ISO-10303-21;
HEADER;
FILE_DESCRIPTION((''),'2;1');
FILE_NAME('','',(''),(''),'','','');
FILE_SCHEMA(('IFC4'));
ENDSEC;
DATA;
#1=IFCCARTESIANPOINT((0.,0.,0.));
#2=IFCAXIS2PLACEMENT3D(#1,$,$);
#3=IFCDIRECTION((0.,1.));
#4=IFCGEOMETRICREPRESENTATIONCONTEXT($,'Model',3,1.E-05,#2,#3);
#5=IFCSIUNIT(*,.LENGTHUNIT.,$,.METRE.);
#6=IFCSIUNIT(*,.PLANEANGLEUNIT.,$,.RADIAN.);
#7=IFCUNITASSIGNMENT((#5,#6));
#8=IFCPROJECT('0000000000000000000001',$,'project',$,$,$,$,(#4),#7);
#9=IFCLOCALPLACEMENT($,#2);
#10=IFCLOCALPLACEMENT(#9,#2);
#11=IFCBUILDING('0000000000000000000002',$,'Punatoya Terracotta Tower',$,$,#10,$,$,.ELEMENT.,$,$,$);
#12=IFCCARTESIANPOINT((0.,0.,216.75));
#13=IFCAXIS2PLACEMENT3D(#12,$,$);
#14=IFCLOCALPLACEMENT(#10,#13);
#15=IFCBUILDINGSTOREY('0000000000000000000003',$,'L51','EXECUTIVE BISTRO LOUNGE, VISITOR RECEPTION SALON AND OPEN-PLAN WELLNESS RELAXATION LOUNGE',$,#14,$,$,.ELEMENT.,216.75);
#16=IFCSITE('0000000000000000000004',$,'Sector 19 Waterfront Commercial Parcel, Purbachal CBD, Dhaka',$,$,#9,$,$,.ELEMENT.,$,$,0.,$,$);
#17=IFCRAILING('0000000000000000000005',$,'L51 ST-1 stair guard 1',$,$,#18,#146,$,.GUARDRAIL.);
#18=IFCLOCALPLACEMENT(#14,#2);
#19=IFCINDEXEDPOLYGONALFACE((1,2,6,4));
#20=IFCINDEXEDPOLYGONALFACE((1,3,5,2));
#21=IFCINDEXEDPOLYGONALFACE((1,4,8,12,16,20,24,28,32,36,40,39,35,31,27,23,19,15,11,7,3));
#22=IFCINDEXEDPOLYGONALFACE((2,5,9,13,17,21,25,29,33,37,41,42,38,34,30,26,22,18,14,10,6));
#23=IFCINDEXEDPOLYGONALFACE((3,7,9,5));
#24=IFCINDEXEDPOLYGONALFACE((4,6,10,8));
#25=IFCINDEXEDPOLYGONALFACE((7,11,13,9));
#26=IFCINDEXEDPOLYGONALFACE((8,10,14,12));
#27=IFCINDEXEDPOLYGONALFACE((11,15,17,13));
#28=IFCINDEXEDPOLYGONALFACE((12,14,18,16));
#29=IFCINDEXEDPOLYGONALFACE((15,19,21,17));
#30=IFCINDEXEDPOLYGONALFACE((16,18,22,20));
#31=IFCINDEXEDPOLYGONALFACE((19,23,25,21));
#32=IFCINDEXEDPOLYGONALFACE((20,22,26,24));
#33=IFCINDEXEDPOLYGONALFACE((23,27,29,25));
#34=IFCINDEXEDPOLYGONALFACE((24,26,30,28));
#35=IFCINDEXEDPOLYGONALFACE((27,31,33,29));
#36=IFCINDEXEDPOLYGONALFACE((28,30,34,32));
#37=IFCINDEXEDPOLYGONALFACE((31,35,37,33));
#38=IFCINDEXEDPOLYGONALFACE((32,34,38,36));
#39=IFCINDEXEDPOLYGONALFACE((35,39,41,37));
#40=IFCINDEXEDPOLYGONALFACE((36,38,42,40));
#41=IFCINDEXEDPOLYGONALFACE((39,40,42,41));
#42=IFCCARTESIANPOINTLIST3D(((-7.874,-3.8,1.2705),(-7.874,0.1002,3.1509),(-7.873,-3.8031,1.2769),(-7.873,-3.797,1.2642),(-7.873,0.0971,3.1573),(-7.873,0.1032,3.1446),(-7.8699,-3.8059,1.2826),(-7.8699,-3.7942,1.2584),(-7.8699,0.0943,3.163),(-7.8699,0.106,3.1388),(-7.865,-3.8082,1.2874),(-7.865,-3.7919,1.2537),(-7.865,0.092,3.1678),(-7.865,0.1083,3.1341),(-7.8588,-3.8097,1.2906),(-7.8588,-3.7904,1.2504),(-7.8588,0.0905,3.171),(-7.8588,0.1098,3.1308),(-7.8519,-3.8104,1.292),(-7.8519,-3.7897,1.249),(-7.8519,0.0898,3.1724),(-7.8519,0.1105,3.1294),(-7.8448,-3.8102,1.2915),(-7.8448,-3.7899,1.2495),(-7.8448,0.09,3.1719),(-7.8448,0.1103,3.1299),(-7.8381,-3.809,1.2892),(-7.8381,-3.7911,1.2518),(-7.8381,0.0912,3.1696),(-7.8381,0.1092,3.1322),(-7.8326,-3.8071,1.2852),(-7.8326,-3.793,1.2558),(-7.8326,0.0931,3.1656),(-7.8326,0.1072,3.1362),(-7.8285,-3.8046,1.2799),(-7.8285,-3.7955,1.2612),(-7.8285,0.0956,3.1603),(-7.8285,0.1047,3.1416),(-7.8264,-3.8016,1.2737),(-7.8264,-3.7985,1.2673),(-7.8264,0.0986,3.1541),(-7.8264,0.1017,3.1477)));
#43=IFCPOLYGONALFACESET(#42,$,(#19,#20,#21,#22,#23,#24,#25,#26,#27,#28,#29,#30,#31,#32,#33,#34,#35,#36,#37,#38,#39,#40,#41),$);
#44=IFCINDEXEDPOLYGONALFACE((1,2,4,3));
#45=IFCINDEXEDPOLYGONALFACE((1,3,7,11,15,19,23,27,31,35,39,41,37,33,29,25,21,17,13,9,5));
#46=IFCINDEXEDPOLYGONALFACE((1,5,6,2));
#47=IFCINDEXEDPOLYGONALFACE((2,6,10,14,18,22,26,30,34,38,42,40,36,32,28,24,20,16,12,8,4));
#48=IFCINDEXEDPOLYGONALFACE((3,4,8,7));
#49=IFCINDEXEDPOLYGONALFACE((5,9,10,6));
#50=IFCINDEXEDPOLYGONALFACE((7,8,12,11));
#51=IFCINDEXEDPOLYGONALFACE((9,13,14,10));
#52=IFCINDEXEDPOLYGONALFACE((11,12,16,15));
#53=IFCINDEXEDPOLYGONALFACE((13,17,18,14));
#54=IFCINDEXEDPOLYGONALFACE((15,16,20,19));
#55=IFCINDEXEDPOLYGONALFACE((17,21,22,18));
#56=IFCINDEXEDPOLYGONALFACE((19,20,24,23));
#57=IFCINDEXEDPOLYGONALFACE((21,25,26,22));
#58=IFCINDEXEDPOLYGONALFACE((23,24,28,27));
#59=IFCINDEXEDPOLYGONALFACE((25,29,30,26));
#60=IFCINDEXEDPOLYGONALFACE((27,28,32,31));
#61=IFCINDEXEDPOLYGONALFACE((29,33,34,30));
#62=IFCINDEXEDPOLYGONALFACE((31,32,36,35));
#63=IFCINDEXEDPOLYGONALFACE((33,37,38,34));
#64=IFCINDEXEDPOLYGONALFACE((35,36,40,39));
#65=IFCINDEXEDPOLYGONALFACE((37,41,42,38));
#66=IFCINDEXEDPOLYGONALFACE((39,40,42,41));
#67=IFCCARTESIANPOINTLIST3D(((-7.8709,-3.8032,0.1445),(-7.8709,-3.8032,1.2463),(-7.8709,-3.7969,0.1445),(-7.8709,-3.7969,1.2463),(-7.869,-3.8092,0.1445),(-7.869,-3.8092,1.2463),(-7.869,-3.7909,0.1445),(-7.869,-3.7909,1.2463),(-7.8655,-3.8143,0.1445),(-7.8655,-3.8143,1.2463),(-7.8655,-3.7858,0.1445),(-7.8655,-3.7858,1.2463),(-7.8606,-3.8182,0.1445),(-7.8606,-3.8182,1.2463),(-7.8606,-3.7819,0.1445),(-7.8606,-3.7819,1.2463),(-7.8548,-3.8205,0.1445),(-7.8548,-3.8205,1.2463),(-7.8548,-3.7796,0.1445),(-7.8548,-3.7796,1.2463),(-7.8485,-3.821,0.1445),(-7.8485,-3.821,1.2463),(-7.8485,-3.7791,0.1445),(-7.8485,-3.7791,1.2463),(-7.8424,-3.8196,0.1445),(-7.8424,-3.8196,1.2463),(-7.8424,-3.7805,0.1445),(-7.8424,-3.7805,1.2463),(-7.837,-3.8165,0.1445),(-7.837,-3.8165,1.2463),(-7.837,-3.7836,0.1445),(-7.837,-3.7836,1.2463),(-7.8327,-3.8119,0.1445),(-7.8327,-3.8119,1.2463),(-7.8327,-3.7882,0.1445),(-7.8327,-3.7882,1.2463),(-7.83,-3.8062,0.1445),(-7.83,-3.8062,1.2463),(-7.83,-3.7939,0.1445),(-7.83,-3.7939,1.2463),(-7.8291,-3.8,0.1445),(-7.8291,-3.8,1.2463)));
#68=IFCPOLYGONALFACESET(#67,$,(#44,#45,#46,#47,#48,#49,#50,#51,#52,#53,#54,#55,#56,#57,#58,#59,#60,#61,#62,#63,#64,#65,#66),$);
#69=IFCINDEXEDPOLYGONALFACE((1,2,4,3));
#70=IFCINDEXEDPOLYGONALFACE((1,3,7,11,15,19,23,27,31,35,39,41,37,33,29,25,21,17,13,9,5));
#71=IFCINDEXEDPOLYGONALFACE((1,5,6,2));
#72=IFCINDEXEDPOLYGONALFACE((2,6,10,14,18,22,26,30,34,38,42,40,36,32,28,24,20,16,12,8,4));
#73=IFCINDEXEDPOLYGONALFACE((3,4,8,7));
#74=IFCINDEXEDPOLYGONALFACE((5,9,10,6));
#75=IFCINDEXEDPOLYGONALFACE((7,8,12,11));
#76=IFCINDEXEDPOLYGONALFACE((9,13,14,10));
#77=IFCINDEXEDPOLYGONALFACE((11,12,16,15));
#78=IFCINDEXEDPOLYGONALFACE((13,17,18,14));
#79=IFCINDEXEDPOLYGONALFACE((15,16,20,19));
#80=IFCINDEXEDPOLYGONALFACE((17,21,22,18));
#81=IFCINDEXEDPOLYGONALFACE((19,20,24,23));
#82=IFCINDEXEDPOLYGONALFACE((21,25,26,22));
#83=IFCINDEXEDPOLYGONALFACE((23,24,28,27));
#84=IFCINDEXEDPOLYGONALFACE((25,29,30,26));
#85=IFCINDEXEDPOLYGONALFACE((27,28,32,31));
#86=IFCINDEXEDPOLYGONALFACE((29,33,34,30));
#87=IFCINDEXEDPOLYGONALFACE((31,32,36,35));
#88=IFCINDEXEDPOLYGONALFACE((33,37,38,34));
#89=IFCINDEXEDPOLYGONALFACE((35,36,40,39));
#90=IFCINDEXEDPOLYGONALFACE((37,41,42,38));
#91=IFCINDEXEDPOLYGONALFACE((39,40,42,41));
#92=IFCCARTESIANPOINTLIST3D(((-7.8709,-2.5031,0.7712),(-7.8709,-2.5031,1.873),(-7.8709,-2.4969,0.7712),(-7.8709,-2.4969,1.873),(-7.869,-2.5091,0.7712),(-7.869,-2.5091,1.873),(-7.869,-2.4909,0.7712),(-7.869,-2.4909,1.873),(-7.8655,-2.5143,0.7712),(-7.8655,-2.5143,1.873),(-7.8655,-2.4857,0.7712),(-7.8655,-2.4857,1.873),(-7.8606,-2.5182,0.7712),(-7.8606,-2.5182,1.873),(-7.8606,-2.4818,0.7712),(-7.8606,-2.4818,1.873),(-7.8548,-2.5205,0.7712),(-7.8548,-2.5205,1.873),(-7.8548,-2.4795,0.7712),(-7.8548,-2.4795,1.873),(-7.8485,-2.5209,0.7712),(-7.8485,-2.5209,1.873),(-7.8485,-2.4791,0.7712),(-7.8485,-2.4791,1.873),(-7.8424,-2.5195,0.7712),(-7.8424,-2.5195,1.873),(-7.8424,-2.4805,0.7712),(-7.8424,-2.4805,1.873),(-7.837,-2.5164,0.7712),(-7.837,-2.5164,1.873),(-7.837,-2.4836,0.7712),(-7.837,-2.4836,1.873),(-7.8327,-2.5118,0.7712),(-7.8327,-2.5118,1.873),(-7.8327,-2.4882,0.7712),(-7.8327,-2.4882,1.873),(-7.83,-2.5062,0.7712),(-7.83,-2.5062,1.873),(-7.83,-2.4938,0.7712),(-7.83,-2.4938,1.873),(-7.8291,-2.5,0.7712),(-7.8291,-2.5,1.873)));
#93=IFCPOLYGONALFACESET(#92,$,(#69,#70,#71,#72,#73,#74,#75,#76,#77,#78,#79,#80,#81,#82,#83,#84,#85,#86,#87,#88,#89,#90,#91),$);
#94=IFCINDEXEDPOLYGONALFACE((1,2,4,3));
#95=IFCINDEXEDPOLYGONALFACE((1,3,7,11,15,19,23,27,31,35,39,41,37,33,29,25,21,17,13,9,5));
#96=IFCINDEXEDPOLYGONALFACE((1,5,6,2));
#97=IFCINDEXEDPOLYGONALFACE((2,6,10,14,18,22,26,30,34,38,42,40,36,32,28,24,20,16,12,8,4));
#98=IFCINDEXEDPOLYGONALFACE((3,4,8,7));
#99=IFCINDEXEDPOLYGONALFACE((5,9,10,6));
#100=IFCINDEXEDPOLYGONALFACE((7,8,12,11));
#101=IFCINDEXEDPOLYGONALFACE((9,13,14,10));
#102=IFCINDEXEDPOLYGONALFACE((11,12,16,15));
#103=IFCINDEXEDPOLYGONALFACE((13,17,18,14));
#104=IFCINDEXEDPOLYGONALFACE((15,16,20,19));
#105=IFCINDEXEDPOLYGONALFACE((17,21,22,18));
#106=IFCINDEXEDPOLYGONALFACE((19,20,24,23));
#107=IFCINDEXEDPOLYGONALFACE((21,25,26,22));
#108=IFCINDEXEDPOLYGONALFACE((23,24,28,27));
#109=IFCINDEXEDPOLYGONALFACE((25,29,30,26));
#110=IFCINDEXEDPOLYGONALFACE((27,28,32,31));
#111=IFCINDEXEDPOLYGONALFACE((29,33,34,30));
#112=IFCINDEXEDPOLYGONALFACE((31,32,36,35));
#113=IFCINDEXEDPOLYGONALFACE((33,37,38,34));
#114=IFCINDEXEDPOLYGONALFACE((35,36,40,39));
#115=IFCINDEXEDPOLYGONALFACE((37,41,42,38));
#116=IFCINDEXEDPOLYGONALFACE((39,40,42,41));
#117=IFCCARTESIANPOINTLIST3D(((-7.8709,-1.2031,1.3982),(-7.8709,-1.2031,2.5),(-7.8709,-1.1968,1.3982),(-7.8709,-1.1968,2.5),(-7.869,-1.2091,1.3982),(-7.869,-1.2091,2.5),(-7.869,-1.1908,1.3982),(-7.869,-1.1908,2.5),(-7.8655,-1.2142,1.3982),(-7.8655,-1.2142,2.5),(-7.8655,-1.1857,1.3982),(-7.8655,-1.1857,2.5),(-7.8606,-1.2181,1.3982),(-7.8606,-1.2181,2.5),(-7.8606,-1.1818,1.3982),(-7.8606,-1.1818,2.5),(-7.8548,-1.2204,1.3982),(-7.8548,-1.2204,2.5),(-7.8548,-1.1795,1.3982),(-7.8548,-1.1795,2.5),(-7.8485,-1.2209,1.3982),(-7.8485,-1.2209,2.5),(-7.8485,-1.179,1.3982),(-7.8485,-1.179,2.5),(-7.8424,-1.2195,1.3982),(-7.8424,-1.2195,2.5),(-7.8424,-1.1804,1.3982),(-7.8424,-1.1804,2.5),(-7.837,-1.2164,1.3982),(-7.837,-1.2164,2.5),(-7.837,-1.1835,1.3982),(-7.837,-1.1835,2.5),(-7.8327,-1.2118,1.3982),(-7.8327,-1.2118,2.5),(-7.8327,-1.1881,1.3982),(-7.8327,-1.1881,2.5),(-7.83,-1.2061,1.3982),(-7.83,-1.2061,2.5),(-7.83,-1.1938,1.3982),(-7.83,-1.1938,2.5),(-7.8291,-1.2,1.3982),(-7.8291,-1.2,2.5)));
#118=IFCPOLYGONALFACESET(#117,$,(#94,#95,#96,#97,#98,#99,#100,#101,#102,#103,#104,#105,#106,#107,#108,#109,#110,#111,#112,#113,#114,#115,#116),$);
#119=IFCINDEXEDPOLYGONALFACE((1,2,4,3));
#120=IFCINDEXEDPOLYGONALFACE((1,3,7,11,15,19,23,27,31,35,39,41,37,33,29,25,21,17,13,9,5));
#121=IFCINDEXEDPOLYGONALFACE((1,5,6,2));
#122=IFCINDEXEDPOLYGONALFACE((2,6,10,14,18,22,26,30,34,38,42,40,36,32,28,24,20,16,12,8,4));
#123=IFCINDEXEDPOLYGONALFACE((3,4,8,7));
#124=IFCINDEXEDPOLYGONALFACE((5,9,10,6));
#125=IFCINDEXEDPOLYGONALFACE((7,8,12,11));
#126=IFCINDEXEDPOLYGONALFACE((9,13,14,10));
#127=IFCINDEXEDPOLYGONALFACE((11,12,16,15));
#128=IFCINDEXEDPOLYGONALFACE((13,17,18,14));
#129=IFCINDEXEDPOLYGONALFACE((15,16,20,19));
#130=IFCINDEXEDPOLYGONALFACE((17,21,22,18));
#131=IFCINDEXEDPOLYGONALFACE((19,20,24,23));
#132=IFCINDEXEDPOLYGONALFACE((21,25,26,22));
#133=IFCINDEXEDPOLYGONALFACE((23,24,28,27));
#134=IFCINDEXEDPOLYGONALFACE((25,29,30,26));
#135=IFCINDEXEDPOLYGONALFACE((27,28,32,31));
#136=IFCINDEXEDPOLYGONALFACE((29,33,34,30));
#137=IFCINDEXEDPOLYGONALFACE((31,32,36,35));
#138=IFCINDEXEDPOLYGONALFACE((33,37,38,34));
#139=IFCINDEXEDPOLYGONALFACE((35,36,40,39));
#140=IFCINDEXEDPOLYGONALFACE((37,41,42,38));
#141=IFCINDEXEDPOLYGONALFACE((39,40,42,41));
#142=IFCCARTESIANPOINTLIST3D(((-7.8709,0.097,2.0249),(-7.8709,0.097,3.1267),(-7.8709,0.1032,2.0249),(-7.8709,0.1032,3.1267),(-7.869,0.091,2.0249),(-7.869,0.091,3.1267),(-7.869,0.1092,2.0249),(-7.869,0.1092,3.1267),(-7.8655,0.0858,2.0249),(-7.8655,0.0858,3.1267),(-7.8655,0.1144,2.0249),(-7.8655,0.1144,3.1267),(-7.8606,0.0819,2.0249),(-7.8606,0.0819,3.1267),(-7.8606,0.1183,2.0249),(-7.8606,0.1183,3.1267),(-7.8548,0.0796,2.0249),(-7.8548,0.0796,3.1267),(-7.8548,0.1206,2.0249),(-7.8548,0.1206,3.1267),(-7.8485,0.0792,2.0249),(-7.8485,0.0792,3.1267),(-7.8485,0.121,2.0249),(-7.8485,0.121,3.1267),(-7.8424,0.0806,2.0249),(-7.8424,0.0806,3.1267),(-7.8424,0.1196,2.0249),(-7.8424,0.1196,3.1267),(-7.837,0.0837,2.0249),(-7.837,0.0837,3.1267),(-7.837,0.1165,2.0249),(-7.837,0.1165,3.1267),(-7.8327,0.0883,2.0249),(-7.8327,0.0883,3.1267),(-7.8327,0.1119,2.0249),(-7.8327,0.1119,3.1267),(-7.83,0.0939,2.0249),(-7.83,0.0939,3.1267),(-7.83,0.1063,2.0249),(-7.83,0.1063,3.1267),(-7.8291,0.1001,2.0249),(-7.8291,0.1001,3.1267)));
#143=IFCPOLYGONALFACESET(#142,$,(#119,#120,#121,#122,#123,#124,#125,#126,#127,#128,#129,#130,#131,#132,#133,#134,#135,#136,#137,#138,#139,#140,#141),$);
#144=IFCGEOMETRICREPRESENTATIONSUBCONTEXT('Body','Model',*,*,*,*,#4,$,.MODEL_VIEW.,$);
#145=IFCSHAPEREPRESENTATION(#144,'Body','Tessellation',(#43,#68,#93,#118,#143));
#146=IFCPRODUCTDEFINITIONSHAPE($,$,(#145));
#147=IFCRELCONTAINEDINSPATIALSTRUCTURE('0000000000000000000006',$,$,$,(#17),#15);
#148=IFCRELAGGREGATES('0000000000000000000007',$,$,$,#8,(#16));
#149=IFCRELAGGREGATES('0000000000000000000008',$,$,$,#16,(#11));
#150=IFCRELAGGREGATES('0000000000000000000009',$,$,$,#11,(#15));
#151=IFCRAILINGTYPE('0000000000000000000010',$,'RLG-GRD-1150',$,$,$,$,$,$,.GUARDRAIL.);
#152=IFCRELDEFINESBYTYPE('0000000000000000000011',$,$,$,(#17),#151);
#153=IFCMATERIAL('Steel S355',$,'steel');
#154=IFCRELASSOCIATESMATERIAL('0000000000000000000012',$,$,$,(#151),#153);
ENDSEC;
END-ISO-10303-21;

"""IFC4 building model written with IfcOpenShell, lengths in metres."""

from ifc_helpers import new_model, si_unit, direction, frame, origin, origin_2d, place, context, subcontext, project, spatial, circle, extrude, material, type_object, element, save


model = new_model("IFC4")

# Units and contexts
model_context = context("Model", 3, precision=1e-05, world=origin(), true_north=direction((0.0, 1.0)))
body_context = subcontext(model_context, "Body", "Model", "MODEL_VIEW")
ifc_project = project(units=[si_unit("LENGTHUNIT", "METRE"), si_unit("PLANEANGLEUNIT", "RADIAN")], contexts=[model_context])

# Site, building, storey
site_placement = place(None, origin())
site = spatial("IfcSite", under=ifc_project, at=site_placement, Name="Sector 19 Waterfront Commercial Parcel, Purbachal CBD, Dhaka", CompositionType="ELEMENT", RefElevation=0.0)
building_placement = place(site_placement, origin())
building = spatial("IfcBuilding", under=site, at=building_placement, Name="Punatoya Terracotta Tower", CompositionType="ELEMENT")
storey_placement = place(building_placement, frame((0.0, 0.0, 216.75)))
storey = spatial("IfcBuildingStorey", under=building, at=storey_placement, Name="L51", Description="EXECUTIVE BISTRO LOUNGE, VISITOR RECEPTION SALON AND OPEN-PLAN WELLNESS RELAXATION LOUNGE", CompositionType="ELEMENT", Elevation=216.75)

# Shared definitions
ifc_material_1 = material(Name="Steel S355", Category="steel")

# Railing
railing_type_1 = type_object("IfcRailingType", Name="RLG-GRD-1150", PredefinedType="GUARDRAIL", material=ifc_material_1)
railing_1_placement = place(storey_placement, frame((-7.8501, -3.8, 0.1445)))
element("IfcRailing", 1, at=railing_1_placement, inside=storey, type_object=railing_type_1, Name="L51 ST-1 stair guard 1", PredefinedType="GUARDRAIL", context=body_context, shape_type="SweptSolid", body=[
    extrude(circle(Radius=0.0239, at=origin_2d()), frame((0.0, 0.0, 1.126), z_axis=(0.0, 0.900774, 0.434289), x_axis=(-1.0, 0.0, 0.0)), (0.0, 0.0, 1.0), 4.3298),
    extrude(circle(Radius=0.021, at=origin_2d()), origin(), (0.0, 0.0, 1.0), 1.1018),
    extrude(circle(Radius=0.021, at=origin_2d()), frame((0.0, 1.3, 0.6267)), (0.0, 0.0, 1.0), 1.1018),
    extrude(circle(Radius=0.021, at=origin_2d()), frame((0.0, 2.6001, 1.2537)), (0.0, 0.0, 1.0), 1.1018),
    extrude(circle(Radius=0.021, at=origin_2d()), frame((0.0, 3.9001, 1.8804)), (0.0, 0.0, 1.0), 1.1018),
])

save(model, "model.ifc")
